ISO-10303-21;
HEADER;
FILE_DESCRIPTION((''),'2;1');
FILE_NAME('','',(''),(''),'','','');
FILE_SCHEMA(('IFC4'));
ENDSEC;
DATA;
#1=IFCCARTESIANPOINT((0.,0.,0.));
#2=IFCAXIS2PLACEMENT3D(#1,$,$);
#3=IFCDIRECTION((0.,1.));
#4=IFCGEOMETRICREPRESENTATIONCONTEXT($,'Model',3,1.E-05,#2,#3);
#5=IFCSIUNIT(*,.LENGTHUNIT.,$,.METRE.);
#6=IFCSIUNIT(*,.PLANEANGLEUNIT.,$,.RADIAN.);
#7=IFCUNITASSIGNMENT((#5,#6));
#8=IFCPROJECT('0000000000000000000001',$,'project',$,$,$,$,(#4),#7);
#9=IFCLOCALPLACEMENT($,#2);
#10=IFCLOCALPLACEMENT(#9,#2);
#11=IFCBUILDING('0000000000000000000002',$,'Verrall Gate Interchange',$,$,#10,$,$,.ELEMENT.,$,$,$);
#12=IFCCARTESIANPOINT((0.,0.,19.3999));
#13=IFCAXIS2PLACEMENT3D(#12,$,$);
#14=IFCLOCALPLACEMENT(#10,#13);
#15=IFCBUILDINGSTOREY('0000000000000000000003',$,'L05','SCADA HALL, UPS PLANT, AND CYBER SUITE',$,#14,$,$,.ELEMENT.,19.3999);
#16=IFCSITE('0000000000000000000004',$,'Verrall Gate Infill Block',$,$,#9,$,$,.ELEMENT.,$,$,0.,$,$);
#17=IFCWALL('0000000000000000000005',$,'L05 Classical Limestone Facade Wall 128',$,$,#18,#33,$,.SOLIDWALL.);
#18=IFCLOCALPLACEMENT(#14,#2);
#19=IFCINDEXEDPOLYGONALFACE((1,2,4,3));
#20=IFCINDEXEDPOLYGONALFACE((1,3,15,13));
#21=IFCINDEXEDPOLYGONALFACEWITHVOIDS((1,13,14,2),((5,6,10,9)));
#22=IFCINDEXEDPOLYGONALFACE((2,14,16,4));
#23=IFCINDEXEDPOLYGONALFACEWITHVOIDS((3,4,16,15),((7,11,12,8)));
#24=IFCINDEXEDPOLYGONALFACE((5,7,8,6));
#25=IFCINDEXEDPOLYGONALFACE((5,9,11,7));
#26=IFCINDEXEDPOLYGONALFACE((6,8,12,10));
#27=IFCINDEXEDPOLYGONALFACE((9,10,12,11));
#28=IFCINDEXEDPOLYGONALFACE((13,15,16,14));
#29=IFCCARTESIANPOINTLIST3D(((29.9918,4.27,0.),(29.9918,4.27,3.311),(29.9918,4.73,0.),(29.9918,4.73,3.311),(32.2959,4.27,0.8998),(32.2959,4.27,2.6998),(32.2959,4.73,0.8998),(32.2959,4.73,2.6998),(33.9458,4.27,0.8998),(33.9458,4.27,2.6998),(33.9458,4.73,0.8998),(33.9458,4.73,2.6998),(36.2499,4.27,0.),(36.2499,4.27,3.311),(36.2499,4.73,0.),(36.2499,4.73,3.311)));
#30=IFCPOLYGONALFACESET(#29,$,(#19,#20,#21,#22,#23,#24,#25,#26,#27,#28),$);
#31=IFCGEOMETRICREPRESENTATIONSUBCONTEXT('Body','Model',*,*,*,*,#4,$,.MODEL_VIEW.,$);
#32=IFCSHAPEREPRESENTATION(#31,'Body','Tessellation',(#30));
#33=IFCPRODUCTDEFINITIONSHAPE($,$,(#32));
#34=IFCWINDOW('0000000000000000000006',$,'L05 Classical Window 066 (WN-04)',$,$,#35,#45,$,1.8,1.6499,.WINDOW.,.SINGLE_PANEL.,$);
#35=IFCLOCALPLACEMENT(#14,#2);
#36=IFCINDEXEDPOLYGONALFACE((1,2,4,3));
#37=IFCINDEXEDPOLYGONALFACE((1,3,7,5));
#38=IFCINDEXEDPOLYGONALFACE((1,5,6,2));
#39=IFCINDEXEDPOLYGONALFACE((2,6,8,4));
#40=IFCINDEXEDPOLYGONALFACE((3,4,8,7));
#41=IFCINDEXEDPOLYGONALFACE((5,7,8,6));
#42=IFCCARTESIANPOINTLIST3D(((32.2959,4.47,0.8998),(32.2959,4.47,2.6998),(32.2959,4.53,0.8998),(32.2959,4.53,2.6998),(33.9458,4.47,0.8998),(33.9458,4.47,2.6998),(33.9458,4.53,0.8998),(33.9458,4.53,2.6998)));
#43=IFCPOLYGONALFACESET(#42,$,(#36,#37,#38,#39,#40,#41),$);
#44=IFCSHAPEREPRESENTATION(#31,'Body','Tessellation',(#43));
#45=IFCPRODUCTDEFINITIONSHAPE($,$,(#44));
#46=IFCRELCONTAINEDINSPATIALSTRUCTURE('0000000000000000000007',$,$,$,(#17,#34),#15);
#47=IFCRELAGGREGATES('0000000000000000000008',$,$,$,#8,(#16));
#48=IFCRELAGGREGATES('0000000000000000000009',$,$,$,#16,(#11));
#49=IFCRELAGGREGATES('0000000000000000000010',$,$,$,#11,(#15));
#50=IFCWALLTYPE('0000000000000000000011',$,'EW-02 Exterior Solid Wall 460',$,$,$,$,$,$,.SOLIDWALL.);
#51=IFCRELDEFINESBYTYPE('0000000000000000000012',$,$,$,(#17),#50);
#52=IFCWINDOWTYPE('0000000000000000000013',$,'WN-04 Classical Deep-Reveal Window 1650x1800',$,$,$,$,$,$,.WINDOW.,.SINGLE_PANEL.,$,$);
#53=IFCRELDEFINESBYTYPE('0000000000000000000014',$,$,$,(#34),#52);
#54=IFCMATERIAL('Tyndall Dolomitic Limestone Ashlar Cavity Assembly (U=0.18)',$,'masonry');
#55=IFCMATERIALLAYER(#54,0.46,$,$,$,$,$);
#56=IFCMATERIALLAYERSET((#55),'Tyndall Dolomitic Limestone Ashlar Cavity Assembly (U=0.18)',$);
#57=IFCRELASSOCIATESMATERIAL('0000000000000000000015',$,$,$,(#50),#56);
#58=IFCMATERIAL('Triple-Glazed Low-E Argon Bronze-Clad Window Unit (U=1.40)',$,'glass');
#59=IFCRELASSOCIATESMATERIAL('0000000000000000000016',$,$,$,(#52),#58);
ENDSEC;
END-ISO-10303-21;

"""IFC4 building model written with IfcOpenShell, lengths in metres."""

from ifc_helpers import new_model, si_unit, direction, frame, frame_2d, origin, place, context, subcontext, project, spatial, rectangle, extrude, material, layer, layer_set, type_object, element, fill, save


model = new_model("IFC4")

# Units and contexts
model_context = context("Model", 3, precision=1e-05, world=origin(), true_north=direction((0.0, 1.0)))
body_context = subcontext(model_context, "Body", "Model", "MODEL_VIEW")
ifc_project = project(units=[si_unit("LENGTHUNIT", "METRE"), si_unit("PLANEANGLEUNIT", "RADIAN")], contexts=[model_context])

# Site, building, storey
site_placement = place(None, origin())
site = spatial("IfcSite", under=ifc_project, at=site_placement, Name="Verrall Gate Infill Block", CompositionType="ELEMENT", RefElevation=0.0)
building_placement = place(site_placement, origin())
building = spatial("IfcBuilding", under=site, at=building_placement, Name="Verrall Gate Interchange", CompositionType="ELEMENT")
storey_placement = place(building_placement, frame((0.0, 0.0, 19.3999)))
storey = spatial("IfcBuildingStorey", under=building, at=storey_placement, Name="L05", Description="SCADA HALL, UPS PLANT, AND CYBER SUITE", CompositionType="ELEMENT", Elevation=19.3999)

# Wall, opening, window
ifc_material_1 = material(Name="Tyndall Dolomitic Limestone Ashlar Cavity Assembly (U=0.18)", Category="masonry")
ifc_layer_1 = layer(ifc_material_1, 0.46)
ifc_layer_set_1 = layer_set([ifc_layer_1], Name="Tyndall Dolomitic Limestone Ashlar Cavity Assembly (U=0.18)")
wall_type_1 = type_object("IfcWallType", Name="EW-02 Exterior Solid Wall 460", PredefinedType="SOLIDWALL", material=ifc_layer_set_1)
wall_1_placement = place(storey_placement, frame((29.9919, 4.5, 0.0), z_axis=(0.0, 0.0, 1.0), x_axis=(1.0, 0.0, 0.0)))
wall_1 = element("IfcWall", 1, at=wall_1_placement, inside=storey, type_object=wall_type_1, Name="L05 Classical Limestone Facade Wall 128", PredefinedType="SOLIDWALL", context=body_context, shape_type="SweptSolid", body=[
    extrude(rectangle(XDim=6.2581, YDim=0.46, at=frame_2d((3.1289, 0.0))), origin(), (0.0, 0.0, 1.0), 3.311),
])
opening_1_placement = place(wall_1_placement, frame((2.304, 0.0, 0.8999)))
opening_1 = element("IfcOpeningElement", 2, at=opening_1_placement, cuts=wall_1, PredefinedType="OPENING", context=body_context, shape_type="SweptSolid", body=[
    extrude(rectangle(XDim=1.6499, YDim=1.8, at=frame_2d((0.825, 0.8999))), frame((0.0, 0.2449, 0.0), z_axis=(0.0, -1.0, 0.0), x_axis=(1.0, 0.0, 0.0)), (0.0, 0.0, 1.0), 0.4897),
])
ifc_material_2 = material(Name="Triple-Glazed Low-E Argon Bronze-Clad Window Unit (U=1.40)", Category="glass")
window_type_1 = type_object("IfcWindowType", Name="WN-04 Classical Deep-Reveal Window 1650x1800", PartitioningType="SINGLE_PANEL", PredefinedType="WINDOW", material=ifc_material_2)
window_1_placement = place(opening_1_placement, origin())
window_1 = element("IfcWindow", 3, at=window_1_placement, inside=storey, type_object=window_type_1, Name="L05 Classical Window 066 (WN-04)", OverallHeight=1.8, OverallWidth=1.6499, PartitioningType="SINGLE_PANEL", PredefinedType="WINDOW", context=body_context, shape_type="SweptSolid", body=[
    extrude(rectangle(XDim=1.6499, YDim=1.8, at=frame_2d((0.825, 0.8999))), frame((0.0, 0.03, 0.0), z_axis=(0.0, -1.0, 0.0), x_axis=(1.0, 0.0, 0.0)), (0.0, 0.0, 1.0), 0.0601),
])
fill(opening_1, window_1)

save(model, "model.ifc")
